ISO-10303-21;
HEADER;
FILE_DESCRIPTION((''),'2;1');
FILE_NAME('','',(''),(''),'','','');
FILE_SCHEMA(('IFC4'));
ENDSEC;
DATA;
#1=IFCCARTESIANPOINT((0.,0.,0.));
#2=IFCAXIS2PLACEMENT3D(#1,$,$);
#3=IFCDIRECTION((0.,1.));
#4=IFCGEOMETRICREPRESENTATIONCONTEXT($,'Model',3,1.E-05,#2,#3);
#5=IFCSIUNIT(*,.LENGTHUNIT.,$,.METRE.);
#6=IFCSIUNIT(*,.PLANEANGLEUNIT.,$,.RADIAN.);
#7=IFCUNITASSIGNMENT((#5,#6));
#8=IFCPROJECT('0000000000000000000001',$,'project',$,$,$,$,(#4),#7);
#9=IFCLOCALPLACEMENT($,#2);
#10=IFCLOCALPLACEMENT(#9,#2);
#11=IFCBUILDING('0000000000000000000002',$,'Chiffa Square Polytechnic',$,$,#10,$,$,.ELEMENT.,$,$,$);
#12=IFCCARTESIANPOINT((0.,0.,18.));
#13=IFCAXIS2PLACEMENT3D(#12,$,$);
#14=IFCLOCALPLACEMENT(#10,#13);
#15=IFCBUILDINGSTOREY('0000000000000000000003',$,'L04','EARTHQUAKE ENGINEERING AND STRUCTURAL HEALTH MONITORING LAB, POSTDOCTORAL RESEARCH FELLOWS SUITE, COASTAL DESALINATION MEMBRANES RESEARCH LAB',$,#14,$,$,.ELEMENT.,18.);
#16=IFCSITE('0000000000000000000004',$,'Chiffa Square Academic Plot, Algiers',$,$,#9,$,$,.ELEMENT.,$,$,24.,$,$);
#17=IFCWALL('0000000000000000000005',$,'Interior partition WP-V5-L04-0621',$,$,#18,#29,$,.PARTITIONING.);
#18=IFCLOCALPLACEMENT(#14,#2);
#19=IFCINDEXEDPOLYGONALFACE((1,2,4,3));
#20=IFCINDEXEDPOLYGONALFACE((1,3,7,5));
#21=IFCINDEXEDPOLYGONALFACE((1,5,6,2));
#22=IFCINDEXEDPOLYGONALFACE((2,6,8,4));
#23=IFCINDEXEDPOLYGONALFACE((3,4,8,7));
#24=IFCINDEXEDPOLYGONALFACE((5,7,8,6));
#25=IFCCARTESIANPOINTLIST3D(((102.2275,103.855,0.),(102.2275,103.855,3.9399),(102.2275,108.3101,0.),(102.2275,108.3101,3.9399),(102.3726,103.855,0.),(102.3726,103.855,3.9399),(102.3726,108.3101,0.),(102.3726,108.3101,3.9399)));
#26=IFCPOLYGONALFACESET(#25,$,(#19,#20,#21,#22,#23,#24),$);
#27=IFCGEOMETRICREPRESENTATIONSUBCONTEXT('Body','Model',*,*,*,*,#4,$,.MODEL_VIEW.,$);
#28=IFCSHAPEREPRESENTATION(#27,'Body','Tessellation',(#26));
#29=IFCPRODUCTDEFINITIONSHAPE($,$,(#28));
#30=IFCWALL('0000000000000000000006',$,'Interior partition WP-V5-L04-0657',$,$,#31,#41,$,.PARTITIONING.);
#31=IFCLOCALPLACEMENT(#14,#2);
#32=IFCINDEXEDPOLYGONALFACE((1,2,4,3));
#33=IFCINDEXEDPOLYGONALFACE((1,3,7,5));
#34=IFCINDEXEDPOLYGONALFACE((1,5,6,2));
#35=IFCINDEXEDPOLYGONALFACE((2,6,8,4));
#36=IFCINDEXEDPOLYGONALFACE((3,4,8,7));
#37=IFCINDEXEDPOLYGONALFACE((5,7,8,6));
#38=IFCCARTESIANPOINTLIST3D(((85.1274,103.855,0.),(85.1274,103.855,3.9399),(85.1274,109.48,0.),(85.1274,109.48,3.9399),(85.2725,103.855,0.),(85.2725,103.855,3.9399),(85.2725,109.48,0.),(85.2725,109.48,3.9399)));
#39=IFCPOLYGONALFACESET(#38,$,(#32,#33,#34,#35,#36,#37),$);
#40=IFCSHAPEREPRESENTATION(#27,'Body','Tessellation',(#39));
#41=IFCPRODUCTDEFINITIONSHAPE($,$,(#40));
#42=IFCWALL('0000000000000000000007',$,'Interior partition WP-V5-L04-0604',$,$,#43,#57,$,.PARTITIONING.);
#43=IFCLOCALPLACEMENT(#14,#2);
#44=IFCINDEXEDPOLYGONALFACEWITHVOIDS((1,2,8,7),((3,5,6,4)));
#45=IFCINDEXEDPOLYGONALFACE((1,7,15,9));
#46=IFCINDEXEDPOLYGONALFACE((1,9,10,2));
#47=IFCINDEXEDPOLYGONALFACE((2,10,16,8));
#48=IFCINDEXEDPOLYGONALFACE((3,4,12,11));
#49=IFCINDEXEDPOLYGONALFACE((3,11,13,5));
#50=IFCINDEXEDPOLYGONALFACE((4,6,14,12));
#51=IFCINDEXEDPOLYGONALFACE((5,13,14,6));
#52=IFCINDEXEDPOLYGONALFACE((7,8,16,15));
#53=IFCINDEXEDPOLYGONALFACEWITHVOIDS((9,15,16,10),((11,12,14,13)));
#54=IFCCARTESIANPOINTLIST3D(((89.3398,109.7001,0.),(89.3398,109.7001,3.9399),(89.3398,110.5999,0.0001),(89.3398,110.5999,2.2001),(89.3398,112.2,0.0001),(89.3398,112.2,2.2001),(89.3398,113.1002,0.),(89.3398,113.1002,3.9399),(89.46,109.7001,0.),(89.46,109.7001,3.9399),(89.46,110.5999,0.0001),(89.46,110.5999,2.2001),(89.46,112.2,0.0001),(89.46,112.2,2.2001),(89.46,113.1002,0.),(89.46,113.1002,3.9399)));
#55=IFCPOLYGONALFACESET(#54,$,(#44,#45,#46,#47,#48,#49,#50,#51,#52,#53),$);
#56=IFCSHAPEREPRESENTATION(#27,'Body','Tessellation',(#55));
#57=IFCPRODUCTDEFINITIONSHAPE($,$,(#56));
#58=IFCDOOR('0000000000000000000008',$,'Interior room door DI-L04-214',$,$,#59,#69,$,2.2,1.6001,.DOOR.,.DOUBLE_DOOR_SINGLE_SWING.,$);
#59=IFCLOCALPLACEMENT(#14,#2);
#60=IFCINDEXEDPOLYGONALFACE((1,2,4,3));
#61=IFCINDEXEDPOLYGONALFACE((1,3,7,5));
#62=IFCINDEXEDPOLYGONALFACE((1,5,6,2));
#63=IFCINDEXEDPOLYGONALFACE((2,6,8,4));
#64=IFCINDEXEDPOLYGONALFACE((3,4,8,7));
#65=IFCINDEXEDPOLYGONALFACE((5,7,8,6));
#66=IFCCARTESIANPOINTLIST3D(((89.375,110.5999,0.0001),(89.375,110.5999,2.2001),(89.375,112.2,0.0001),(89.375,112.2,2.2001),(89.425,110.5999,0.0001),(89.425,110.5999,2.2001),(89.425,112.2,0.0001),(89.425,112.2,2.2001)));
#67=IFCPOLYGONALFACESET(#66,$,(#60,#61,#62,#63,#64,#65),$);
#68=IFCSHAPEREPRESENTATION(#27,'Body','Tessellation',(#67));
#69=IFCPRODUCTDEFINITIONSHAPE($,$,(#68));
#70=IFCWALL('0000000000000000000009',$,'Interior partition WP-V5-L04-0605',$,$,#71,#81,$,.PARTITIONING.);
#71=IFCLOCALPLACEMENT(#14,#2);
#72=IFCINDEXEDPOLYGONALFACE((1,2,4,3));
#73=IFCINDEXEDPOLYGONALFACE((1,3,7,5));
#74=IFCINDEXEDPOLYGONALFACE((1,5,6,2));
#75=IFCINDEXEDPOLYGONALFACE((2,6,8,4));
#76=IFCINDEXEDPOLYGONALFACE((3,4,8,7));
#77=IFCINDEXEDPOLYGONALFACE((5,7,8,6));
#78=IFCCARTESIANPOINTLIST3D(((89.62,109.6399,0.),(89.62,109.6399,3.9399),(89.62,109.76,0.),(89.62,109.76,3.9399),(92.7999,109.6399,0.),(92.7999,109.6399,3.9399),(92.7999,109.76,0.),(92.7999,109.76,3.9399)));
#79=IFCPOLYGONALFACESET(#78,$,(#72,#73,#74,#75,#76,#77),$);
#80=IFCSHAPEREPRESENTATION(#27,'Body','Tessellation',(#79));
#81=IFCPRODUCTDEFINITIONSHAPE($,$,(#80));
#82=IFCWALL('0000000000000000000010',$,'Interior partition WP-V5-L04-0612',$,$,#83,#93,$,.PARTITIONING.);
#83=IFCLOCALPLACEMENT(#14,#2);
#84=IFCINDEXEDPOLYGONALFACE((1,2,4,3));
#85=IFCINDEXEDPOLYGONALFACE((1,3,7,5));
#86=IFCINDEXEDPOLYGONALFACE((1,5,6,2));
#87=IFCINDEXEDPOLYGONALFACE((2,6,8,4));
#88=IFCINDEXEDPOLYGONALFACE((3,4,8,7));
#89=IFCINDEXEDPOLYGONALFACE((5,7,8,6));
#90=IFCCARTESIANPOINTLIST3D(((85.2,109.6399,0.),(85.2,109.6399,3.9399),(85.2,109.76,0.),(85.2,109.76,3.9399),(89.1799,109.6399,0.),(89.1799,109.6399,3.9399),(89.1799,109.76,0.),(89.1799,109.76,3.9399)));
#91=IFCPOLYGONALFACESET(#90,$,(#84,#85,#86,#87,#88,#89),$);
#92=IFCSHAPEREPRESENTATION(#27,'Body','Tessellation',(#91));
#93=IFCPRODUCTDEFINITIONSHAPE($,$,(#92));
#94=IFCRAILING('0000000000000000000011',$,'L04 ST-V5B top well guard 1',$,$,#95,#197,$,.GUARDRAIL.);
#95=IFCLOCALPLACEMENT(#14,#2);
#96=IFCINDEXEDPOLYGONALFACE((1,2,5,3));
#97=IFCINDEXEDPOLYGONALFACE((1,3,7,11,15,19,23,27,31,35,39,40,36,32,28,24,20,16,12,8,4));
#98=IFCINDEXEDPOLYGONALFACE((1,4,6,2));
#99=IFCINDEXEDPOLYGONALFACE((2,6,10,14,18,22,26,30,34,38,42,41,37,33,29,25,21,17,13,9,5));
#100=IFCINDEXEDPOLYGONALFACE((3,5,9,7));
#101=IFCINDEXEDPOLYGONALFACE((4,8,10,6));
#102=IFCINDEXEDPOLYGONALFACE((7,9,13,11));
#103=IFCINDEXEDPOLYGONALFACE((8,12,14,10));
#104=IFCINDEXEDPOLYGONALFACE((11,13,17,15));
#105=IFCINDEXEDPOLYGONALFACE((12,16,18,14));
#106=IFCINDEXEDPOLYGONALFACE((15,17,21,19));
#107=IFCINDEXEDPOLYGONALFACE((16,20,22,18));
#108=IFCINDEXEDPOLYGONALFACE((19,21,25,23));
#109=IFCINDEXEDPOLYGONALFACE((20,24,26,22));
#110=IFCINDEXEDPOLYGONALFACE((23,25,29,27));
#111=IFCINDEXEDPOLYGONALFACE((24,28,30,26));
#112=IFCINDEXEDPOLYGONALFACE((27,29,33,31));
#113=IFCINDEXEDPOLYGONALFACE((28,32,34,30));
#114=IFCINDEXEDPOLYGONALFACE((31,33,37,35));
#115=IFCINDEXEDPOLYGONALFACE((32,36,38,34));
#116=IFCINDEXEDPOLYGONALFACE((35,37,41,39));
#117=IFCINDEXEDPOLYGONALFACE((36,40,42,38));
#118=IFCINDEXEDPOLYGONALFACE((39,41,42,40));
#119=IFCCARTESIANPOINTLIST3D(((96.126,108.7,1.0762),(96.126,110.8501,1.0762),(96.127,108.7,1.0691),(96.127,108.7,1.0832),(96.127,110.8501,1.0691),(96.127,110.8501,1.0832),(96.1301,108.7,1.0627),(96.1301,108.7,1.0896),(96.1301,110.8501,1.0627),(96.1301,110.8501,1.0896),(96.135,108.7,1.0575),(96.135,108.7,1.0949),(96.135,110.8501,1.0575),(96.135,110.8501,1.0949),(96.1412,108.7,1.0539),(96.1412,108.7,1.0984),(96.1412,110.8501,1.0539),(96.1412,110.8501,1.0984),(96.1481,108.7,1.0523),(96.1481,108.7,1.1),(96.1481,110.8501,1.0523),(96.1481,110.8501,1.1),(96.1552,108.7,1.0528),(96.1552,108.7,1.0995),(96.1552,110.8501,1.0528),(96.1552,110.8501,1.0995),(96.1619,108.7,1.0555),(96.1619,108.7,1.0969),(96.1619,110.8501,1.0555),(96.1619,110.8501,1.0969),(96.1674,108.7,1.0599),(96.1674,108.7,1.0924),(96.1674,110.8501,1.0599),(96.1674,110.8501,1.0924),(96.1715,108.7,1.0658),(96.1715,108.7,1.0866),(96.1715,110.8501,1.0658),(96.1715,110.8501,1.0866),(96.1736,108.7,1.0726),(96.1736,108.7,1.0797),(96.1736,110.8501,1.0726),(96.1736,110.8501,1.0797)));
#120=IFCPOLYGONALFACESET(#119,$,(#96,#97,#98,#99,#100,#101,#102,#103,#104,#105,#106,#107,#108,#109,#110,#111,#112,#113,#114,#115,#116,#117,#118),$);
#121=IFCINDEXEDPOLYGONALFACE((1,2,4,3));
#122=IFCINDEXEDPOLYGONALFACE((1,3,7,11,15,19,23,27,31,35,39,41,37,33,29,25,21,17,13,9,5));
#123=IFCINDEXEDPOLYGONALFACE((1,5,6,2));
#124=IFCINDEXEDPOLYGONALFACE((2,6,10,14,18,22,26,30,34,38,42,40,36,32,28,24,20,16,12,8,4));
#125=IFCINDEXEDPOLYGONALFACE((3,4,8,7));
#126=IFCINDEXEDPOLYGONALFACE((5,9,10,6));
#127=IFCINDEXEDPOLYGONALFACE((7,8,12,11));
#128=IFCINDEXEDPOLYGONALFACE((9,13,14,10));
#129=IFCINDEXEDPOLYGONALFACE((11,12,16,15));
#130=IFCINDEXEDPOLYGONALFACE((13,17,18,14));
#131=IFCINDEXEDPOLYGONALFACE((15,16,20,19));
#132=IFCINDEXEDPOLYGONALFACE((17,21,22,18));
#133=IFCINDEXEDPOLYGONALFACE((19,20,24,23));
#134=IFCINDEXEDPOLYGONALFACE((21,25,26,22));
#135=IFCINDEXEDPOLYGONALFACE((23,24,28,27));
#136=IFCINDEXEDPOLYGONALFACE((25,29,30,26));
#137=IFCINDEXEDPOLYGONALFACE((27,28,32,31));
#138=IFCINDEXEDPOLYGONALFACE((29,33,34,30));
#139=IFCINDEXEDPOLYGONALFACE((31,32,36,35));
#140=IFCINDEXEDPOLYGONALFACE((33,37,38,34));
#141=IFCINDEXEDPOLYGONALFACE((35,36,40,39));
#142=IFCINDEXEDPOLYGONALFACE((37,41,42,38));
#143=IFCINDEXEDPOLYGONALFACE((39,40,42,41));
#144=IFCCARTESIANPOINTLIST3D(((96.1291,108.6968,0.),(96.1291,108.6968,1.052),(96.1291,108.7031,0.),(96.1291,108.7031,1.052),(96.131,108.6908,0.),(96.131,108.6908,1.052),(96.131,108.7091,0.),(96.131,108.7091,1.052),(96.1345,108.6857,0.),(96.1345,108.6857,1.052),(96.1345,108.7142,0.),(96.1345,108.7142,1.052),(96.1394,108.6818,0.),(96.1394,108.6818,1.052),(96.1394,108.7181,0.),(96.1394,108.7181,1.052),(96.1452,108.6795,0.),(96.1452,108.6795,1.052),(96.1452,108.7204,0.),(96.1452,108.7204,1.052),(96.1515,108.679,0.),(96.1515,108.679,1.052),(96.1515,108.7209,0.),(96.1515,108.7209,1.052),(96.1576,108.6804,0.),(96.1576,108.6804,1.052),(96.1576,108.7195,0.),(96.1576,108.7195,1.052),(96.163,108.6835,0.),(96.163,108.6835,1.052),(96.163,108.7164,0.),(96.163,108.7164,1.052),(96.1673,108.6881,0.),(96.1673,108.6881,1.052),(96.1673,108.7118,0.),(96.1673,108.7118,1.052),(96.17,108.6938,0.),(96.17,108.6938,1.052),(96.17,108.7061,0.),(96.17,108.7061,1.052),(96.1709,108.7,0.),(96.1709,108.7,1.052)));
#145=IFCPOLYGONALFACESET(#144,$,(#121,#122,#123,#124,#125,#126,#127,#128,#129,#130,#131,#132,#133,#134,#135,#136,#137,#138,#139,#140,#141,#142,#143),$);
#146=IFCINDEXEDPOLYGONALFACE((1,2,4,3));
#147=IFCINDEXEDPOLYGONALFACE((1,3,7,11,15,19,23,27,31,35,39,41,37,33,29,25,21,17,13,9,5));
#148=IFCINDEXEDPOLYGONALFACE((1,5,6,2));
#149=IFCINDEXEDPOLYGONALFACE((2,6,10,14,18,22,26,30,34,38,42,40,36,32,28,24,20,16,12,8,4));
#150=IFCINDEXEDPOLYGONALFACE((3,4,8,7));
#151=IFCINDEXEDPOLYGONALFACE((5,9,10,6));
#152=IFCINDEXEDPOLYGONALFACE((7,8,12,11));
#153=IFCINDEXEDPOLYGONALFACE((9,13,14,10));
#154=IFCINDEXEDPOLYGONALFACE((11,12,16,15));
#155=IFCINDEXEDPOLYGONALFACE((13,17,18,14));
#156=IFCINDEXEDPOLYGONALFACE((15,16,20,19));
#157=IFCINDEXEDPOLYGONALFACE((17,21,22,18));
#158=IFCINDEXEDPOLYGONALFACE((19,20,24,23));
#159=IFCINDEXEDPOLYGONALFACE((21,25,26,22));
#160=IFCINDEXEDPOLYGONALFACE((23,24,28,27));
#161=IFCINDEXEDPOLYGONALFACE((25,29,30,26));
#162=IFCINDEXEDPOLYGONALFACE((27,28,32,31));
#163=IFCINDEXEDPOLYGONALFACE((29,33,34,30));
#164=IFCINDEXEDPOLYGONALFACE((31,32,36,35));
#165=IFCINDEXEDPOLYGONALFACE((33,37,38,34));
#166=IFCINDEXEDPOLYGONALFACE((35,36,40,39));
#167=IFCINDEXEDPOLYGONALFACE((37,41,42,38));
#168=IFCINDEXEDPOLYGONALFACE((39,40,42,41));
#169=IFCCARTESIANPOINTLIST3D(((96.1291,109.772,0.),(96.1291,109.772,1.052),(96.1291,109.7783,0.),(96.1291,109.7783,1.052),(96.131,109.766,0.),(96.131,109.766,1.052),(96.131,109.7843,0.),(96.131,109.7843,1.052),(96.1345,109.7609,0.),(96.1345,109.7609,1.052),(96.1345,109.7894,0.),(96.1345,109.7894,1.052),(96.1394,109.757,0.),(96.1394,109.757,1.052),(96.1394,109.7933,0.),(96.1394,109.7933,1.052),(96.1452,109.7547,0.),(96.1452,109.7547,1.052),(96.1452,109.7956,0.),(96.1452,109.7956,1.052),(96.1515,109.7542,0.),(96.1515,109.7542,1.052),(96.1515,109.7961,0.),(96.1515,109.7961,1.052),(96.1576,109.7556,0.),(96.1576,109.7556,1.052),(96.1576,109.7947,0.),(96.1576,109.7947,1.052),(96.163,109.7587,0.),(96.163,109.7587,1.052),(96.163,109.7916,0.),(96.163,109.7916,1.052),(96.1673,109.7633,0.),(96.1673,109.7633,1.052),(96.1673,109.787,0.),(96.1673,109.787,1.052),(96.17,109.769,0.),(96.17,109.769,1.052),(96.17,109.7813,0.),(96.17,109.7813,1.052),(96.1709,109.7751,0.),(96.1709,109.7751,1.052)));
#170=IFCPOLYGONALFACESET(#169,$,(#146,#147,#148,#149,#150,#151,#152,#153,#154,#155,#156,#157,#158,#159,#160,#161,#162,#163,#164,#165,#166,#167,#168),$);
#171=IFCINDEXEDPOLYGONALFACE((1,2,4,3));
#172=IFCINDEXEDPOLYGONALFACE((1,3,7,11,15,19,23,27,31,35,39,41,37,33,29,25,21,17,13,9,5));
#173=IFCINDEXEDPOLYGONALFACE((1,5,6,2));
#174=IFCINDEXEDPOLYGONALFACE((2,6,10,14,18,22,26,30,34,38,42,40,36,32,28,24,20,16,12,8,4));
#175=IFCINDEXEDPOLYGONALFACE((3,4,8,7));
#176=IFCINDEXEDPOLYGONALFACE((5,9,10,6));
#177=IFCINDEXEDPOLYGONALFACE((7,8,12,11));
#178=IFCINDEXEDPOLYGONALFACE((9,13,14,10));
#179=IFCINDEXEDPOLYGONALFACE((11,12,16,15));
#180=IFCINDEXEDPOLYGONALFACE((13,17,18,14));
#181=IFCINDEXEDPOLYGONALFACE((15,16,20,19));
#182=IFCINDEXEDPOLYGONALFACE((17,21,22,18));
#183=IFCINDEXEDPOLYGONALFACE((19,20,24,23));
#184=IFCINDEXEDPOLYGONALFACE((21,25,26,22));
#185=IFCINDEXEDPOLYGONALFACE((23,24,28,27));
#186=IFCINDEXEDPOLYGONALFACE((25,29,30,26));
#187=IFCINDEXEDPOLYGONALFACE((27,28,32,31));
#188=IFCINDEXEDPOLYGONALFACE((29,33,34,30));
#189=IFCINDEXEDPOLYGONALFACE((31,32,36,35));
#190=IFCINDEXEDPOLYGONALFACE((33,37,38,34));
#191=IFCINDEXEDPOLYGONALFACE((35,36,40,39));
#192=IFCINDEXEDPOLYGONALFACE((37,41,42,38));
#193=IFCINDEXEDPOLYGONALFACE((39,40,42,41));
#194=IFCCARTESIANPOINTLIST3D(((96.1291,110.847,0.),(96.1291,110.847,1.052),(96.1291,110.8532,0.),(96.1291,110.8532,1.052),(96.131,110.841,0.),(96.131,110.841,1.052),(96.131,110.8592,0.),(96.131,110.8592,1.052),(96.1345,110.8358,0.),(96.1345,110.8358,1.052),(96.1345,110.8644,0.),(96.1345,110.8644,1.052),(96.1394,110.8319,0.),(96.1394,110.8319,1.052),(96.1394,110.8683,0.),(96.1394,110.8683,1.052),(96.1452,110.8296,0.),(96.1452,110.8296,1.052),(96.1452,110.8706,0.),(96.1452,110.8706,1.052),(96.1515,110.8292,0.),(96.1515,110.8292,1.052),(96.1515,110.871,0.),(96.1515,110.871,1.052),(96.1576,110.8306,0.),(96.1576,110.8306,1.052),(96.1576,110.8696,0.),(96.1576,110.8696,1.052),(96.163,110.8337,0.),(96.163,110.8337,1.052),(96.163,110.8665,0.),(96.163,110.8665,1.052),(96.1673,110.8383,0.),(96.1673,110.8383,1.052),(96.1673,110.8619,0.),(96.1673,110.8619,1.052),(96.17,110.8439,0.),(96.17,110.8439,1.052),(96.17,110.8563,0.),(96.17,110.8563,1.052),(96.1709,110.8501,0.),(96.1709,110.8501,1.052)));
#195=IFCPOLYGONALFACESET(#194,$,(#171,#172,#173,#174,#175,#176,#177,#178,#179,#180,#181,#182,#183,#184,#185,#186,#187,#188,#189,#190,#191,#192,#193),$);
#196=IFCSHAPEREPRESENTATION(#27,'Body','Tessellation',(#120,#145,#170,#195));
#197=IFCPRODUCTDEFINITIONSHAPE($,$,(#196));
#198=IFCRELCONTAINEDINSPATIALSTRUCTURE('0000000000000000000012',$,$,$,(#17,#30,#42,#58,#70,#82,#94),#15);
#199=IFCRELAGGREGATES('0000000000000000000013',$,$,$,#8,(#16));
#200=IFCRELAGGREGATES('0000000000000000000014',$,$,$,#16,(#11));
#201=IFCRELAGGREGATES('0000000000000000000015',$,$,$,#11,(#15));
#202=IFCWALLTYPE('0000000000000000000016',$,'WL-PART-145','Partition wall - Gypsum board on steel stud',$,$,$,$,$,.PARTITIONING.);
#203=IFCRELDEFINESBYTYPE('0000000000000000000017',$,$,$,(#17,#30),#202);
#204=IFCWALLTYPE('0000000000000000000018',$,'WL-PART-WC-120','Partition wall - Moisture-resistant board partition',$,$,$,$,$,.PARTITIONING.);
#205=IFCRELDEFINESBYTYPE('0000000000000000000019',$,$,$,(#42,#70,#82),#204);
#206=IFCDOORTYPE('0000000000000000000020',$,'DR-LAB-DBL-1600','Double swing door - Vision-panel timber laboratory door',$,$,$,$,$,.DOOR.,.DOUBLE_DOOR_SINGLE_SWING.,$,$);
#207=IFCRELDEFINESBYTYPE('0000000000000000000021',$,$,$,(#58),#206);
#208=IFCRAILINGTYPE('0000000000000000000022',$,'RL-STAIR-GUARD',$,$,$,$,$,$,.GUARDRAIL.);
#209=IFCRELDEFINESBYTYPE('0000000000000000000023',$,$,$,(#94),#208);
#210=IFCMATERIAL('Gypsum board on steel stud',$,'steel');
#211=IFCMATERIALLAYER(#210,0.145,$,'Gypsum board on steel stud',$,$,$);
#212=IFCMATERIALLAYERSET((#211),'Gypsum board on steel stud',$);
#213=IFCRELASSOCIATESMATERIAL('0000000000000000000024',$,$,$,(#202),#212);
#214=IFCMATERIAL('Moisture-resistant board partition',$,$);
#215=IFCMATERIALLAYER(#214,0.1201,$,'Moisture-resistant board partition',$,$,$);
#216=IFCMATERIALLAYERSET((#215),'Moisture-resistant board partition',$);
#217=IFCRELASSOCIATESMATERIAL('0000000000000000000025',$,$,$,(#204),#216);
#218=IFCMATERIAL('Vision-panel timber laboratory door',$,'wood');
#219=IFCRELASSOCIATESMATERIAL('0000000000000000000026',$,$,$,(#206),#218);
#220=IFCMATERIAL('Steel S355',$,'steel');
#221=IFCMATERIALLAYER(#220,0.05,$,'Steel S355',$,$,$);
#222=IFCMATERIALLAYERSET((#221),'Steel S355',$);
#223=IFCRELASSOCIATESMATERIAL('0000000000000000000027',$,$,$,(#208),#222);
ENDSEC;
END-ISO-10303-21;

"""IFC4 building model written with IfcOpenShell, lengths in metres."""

from ifc_helpers import new_model, si_unit, direction, frame, frame_2d, origin, origin_2d, place, context, subcontext, project, spatial, rectangle, circle, extrude, material, layer, layer_set, type_object, element, fill, save


model = new_model("IFC4")

# Units and contexts
model_context = context("Model", 3, precision=1e-05, world=origin(), true_north=direction((0.0, 1.0)))
body_context = subcontext(model_context, "Body", "Model", "MODEL_VIEW")
ifc_project = project(units=[si_unit("LENGTHUNIT", "METRE"), si_unit("PLANEANGLEUNIT", "RADIAN")], contexts=[model_context])

# Site, building, storey
site_placement = place(None, origin())
site = spatial("IfcSite", under=ifc_project, at=site_placement, Name="Chiffa Square Academic Plot, Algiers", CompositionType="ELEMENT", RefElevation=24.0)
building_placement = place(site_placement, origin())
building = spatial("IfcBuilding", under=site, at=building_placement, Name="Chiffa Square Polytechnic", CompositionType="ELEMENT")
storey_placement = place(building_placement, frame((0.0, 0.0, 18.0)))
storey = spatial("IfcBuildingStorey", under=building, at=storey_placement, Name="L04", Description="EARTHQUAKE ENGINEERING AND STRUCTURAL HEALTH MONITORING LAB, POSTDOCTORAL RESEARCH FELLOWS SUITE, COASTAL DESALINATION MEMBRANES RESEARCH LAB", CompositionType="ELEMENT", Elevation=18.0)

# Walls
ifc_material_1 = material(Name="Gypsum board on steel stud", Category="steel")
ifc_layer_1 = layer(ifc_material_1, 0.145, Name="Gypsum board on steel stud")
ifc_layer_set_1 = layer_set([ifc_layer_1], Name="Gypsum board on steel stud")
wall_type_1 = type_object("IfcWallType", Name="WL-PART-145", Description="Partition wall - Gypsum board on steel stud", PredefinedType="PARTITIONING", material=ifc_layer_set_1)
wall_1_placement = place(storey_placement, frame((102.3, 103.855, 0.0), z_axis=(0.0, 0.0, 1.0), x_axis=(0.0, 1.0, 0.0)))
element("IfcWall", 1, at=wall_1_placement, inside=storey, type_object=wall_type_1, Name="Interior partition WP-V5-L04-0621", PredefinedType="PARTITIONING", context=body_context, shape_type="SweptSolid", body=[
    extrude(rectangle(XDim=4.4551, YDim=0.145, at=frame_2d((2.2275, 0.0))), origin(), (0.0, 0.0, 1.0), 3.9399),
])
wall_2_placement = place(storey_placement, frame((85.2, 103.855, 0.0), z_axis=(0.0, 0.0, 1.0), x_axis=(0.0, 1.0, 0.0)))
element("IfcWall", 2, at=wall_2_placement, inside=storey, type_object=wall_type_1, Name="Interior partition WP-V5-L04-0657", PredefinedType="PARTITIONING", context=body_context, shape_type="SweptSolid", body=[
    extrude(rectangle(XDim=5.625, YDim=0.145, at=frame_2d((2.8125, 0.0))), origin(), (0.0, 0.0, 1.0), 3.9399),
])

# Wall, opening, door
ifc_material_2 = material(Name="Moisture-resistant board partition")
ifc_layer_2 = layer(ifc_material_2, 0.1201, Name="Moisture-resistant board partition")
ifc_layer_set_2 = layer_set([ifc_layer_2], Name="Moisture-resistant board partition")
wall_type_2 = type_object("IfcWallType", Name="WL-PART-WC-120", Description="Partition wall - Moisture-resistant board partition", PredefinedType="PARTITIONING", material=ifc_layer_set_2)
wall_3_placement = place(storey_placement, frame((89.3999, 109.7, 0.0), z_axis=(0.0, 0.0, 1.0), x_axis=(0.0, 1.0, 0.0)))
wall_3 = element("IfcWall", 3, at=wall_3_placement, inside=storey, type_object=wall_type_2, Name="Interior partition WP-V5-L04-0604", PredefinedType="PARTITIONING", context=body_context, shape_type="SweptSolid", body=[
    extrude(rectangle(XDim=3.4001, YDim=0.1201, at=frame_2d((1.7002, 0.0))), origin(), (0.0, 0.0, 1.0), 3.9399),
])
opening_1_placement = place(wall_3_placement, frame((0.8999, 0.0, 0.0)))
opening_1 = element("IfcOpeningElement", 4, at=opening_1_placement, cuts=wall_3, PredefinedType="OPENING", context=body_context, shape_type="SweptSolid", body=[
    extrude(rectangle(XDim=1.6001, YDim=2.2, at=frame_2d((0.8, 1.1001))), frame((0.0, 0.0701, 0.0), z_axis=(0.0, -1.0, 0.0), x_axis=(1.0, 0.0, 0.0)), (0.0, 0.0, 1.0), 0.1401),
])
ifc_material_3 = material(Name="Vision-panel timber laboratory door", Category="wood")
door_type = type_object("IfcDoorType", Name="DR-LAB-DBL-1600", Description="Double swing door - Vision-panel timber laboratory door", OperationType="DOUBLE_DOOR_SINGLE_SWING", PredefinedType="DOOR", material=ifc_material_3)
door_placement = place(opening_1_placement, origin())
door = element("IfcDoor", 5, at=door_placement, inside=storey, type_object=door_type, Name="Interior room door DI-L04-214", OperationType="DOUBLE_DOOR_SINGLE_SWING", OverallHeight=2.2, OverallWidth=1.6001, PredefinedType="DOOR", context=body_context, shape_type="SweptSolid", body=[
    extrude(rectangle(XDim=1.6001, YDim=2.2, at=frame_2d((0.8, 1.1001))), frame((0.0, 0.0249, 0.0), z_axis=(0.0, -1.0, 0.0), x_axis=(1.0, 0.0, 0.0)), (0.0, 0.0, 1.0), 0.05),
])
fill(opening_1, door)

# Walls
wall_4_placement = place(storey_placement, frame((89.6201, 109.7, 0.0), z_axis=(0.0, 0.0, 1.0), x_axis=(1.0, 0.0, 0.0)))
element("IfcWall", 6, at=wall_4_placement, inside=storey, type_object=wall_type_2, Name="Interior partition WP-V5-L04-0605", PredefinedType="PARTITIONING", context=body_context, shape_type="SweptSolid", body=[
    extrude(rectangle(XDim=3.1799, YDim=0.1201, at=frame_2d((1.5898, 0.0))), origin(), (0.0, 0.0, 1.0), 3.9399),
])
wall_5_placement = place(storey_placement, frame((85.2, 109.7, 0.0), z_axis=(0.0, 0.0, 1.0), x_axis=(1.0, 0.0, 0.0)))
element("IfcWall", 7, at=wall_5_placement, inside=storey, type_object=wall_type_2, Name="Interior partition WP-V5-L04-0612", PredefinedType="PARTITIONING", context=body_context, shape_type="SweptSolid", body=[
    extrude(rectangle(XDim=3.98, YDim=0.1201, at=frame_2d((1.99, 0.0))), origin(), (0.0, 0.0, 1.0), 3.9399),
])

# Railing
ifc_material_4 = material(Name="Steel S355", Category="steel")
ifc_layer_3 = layer(ifc_material_4, 0.05, Name="Steel S355")
ifc_layer_set_3 = layer_set([ifc_layer_3], Name="Steel S355")
railing_type = type_object("IfcRailingType", Name="RL-STAIR-GUARD", PredefinedType="GUARDRAIL", material=ifc_layer_set_3)
railing_placement = place(storey_placement, frame((96.1499, 108.7, 0.0)))
element("IfcRailing", 8, at=railing_placement, inside=storey, type_object=railing_type, Name="L04 ST-V5B top well guard 1", PredefinedType="GUARDRAIL", context=body_context, shape_type="SweptSolid", body=[
    extrude(circle(Radius=0.0239, at=origin_2d()), frame((0.0, 0.0, 1.0762), z_axis=(0.0, 1.0, 0.0), x_axis=(-1.0, 0.0, 0.0)), (0.0, 0.0, 1.0), 2.1501),
    extrude(circle(Radius=0.021, at=origin_2d()), origin(), (0.0, 0.0, 1.0), 1.052),
    extrude(circle(Radius=0.021, at=origin_2d()), frame((0.0, 1.0752, 0.0)), (0.0, 0.0, 1.0), 1.052),
    extrude(circle(Radius=0.021, at=origin_2d()), frame((0.0, 2.1501, 0.0)), (0.0, 0.0, 1.0), 1.052),
])

save(model, "model.ifc")
